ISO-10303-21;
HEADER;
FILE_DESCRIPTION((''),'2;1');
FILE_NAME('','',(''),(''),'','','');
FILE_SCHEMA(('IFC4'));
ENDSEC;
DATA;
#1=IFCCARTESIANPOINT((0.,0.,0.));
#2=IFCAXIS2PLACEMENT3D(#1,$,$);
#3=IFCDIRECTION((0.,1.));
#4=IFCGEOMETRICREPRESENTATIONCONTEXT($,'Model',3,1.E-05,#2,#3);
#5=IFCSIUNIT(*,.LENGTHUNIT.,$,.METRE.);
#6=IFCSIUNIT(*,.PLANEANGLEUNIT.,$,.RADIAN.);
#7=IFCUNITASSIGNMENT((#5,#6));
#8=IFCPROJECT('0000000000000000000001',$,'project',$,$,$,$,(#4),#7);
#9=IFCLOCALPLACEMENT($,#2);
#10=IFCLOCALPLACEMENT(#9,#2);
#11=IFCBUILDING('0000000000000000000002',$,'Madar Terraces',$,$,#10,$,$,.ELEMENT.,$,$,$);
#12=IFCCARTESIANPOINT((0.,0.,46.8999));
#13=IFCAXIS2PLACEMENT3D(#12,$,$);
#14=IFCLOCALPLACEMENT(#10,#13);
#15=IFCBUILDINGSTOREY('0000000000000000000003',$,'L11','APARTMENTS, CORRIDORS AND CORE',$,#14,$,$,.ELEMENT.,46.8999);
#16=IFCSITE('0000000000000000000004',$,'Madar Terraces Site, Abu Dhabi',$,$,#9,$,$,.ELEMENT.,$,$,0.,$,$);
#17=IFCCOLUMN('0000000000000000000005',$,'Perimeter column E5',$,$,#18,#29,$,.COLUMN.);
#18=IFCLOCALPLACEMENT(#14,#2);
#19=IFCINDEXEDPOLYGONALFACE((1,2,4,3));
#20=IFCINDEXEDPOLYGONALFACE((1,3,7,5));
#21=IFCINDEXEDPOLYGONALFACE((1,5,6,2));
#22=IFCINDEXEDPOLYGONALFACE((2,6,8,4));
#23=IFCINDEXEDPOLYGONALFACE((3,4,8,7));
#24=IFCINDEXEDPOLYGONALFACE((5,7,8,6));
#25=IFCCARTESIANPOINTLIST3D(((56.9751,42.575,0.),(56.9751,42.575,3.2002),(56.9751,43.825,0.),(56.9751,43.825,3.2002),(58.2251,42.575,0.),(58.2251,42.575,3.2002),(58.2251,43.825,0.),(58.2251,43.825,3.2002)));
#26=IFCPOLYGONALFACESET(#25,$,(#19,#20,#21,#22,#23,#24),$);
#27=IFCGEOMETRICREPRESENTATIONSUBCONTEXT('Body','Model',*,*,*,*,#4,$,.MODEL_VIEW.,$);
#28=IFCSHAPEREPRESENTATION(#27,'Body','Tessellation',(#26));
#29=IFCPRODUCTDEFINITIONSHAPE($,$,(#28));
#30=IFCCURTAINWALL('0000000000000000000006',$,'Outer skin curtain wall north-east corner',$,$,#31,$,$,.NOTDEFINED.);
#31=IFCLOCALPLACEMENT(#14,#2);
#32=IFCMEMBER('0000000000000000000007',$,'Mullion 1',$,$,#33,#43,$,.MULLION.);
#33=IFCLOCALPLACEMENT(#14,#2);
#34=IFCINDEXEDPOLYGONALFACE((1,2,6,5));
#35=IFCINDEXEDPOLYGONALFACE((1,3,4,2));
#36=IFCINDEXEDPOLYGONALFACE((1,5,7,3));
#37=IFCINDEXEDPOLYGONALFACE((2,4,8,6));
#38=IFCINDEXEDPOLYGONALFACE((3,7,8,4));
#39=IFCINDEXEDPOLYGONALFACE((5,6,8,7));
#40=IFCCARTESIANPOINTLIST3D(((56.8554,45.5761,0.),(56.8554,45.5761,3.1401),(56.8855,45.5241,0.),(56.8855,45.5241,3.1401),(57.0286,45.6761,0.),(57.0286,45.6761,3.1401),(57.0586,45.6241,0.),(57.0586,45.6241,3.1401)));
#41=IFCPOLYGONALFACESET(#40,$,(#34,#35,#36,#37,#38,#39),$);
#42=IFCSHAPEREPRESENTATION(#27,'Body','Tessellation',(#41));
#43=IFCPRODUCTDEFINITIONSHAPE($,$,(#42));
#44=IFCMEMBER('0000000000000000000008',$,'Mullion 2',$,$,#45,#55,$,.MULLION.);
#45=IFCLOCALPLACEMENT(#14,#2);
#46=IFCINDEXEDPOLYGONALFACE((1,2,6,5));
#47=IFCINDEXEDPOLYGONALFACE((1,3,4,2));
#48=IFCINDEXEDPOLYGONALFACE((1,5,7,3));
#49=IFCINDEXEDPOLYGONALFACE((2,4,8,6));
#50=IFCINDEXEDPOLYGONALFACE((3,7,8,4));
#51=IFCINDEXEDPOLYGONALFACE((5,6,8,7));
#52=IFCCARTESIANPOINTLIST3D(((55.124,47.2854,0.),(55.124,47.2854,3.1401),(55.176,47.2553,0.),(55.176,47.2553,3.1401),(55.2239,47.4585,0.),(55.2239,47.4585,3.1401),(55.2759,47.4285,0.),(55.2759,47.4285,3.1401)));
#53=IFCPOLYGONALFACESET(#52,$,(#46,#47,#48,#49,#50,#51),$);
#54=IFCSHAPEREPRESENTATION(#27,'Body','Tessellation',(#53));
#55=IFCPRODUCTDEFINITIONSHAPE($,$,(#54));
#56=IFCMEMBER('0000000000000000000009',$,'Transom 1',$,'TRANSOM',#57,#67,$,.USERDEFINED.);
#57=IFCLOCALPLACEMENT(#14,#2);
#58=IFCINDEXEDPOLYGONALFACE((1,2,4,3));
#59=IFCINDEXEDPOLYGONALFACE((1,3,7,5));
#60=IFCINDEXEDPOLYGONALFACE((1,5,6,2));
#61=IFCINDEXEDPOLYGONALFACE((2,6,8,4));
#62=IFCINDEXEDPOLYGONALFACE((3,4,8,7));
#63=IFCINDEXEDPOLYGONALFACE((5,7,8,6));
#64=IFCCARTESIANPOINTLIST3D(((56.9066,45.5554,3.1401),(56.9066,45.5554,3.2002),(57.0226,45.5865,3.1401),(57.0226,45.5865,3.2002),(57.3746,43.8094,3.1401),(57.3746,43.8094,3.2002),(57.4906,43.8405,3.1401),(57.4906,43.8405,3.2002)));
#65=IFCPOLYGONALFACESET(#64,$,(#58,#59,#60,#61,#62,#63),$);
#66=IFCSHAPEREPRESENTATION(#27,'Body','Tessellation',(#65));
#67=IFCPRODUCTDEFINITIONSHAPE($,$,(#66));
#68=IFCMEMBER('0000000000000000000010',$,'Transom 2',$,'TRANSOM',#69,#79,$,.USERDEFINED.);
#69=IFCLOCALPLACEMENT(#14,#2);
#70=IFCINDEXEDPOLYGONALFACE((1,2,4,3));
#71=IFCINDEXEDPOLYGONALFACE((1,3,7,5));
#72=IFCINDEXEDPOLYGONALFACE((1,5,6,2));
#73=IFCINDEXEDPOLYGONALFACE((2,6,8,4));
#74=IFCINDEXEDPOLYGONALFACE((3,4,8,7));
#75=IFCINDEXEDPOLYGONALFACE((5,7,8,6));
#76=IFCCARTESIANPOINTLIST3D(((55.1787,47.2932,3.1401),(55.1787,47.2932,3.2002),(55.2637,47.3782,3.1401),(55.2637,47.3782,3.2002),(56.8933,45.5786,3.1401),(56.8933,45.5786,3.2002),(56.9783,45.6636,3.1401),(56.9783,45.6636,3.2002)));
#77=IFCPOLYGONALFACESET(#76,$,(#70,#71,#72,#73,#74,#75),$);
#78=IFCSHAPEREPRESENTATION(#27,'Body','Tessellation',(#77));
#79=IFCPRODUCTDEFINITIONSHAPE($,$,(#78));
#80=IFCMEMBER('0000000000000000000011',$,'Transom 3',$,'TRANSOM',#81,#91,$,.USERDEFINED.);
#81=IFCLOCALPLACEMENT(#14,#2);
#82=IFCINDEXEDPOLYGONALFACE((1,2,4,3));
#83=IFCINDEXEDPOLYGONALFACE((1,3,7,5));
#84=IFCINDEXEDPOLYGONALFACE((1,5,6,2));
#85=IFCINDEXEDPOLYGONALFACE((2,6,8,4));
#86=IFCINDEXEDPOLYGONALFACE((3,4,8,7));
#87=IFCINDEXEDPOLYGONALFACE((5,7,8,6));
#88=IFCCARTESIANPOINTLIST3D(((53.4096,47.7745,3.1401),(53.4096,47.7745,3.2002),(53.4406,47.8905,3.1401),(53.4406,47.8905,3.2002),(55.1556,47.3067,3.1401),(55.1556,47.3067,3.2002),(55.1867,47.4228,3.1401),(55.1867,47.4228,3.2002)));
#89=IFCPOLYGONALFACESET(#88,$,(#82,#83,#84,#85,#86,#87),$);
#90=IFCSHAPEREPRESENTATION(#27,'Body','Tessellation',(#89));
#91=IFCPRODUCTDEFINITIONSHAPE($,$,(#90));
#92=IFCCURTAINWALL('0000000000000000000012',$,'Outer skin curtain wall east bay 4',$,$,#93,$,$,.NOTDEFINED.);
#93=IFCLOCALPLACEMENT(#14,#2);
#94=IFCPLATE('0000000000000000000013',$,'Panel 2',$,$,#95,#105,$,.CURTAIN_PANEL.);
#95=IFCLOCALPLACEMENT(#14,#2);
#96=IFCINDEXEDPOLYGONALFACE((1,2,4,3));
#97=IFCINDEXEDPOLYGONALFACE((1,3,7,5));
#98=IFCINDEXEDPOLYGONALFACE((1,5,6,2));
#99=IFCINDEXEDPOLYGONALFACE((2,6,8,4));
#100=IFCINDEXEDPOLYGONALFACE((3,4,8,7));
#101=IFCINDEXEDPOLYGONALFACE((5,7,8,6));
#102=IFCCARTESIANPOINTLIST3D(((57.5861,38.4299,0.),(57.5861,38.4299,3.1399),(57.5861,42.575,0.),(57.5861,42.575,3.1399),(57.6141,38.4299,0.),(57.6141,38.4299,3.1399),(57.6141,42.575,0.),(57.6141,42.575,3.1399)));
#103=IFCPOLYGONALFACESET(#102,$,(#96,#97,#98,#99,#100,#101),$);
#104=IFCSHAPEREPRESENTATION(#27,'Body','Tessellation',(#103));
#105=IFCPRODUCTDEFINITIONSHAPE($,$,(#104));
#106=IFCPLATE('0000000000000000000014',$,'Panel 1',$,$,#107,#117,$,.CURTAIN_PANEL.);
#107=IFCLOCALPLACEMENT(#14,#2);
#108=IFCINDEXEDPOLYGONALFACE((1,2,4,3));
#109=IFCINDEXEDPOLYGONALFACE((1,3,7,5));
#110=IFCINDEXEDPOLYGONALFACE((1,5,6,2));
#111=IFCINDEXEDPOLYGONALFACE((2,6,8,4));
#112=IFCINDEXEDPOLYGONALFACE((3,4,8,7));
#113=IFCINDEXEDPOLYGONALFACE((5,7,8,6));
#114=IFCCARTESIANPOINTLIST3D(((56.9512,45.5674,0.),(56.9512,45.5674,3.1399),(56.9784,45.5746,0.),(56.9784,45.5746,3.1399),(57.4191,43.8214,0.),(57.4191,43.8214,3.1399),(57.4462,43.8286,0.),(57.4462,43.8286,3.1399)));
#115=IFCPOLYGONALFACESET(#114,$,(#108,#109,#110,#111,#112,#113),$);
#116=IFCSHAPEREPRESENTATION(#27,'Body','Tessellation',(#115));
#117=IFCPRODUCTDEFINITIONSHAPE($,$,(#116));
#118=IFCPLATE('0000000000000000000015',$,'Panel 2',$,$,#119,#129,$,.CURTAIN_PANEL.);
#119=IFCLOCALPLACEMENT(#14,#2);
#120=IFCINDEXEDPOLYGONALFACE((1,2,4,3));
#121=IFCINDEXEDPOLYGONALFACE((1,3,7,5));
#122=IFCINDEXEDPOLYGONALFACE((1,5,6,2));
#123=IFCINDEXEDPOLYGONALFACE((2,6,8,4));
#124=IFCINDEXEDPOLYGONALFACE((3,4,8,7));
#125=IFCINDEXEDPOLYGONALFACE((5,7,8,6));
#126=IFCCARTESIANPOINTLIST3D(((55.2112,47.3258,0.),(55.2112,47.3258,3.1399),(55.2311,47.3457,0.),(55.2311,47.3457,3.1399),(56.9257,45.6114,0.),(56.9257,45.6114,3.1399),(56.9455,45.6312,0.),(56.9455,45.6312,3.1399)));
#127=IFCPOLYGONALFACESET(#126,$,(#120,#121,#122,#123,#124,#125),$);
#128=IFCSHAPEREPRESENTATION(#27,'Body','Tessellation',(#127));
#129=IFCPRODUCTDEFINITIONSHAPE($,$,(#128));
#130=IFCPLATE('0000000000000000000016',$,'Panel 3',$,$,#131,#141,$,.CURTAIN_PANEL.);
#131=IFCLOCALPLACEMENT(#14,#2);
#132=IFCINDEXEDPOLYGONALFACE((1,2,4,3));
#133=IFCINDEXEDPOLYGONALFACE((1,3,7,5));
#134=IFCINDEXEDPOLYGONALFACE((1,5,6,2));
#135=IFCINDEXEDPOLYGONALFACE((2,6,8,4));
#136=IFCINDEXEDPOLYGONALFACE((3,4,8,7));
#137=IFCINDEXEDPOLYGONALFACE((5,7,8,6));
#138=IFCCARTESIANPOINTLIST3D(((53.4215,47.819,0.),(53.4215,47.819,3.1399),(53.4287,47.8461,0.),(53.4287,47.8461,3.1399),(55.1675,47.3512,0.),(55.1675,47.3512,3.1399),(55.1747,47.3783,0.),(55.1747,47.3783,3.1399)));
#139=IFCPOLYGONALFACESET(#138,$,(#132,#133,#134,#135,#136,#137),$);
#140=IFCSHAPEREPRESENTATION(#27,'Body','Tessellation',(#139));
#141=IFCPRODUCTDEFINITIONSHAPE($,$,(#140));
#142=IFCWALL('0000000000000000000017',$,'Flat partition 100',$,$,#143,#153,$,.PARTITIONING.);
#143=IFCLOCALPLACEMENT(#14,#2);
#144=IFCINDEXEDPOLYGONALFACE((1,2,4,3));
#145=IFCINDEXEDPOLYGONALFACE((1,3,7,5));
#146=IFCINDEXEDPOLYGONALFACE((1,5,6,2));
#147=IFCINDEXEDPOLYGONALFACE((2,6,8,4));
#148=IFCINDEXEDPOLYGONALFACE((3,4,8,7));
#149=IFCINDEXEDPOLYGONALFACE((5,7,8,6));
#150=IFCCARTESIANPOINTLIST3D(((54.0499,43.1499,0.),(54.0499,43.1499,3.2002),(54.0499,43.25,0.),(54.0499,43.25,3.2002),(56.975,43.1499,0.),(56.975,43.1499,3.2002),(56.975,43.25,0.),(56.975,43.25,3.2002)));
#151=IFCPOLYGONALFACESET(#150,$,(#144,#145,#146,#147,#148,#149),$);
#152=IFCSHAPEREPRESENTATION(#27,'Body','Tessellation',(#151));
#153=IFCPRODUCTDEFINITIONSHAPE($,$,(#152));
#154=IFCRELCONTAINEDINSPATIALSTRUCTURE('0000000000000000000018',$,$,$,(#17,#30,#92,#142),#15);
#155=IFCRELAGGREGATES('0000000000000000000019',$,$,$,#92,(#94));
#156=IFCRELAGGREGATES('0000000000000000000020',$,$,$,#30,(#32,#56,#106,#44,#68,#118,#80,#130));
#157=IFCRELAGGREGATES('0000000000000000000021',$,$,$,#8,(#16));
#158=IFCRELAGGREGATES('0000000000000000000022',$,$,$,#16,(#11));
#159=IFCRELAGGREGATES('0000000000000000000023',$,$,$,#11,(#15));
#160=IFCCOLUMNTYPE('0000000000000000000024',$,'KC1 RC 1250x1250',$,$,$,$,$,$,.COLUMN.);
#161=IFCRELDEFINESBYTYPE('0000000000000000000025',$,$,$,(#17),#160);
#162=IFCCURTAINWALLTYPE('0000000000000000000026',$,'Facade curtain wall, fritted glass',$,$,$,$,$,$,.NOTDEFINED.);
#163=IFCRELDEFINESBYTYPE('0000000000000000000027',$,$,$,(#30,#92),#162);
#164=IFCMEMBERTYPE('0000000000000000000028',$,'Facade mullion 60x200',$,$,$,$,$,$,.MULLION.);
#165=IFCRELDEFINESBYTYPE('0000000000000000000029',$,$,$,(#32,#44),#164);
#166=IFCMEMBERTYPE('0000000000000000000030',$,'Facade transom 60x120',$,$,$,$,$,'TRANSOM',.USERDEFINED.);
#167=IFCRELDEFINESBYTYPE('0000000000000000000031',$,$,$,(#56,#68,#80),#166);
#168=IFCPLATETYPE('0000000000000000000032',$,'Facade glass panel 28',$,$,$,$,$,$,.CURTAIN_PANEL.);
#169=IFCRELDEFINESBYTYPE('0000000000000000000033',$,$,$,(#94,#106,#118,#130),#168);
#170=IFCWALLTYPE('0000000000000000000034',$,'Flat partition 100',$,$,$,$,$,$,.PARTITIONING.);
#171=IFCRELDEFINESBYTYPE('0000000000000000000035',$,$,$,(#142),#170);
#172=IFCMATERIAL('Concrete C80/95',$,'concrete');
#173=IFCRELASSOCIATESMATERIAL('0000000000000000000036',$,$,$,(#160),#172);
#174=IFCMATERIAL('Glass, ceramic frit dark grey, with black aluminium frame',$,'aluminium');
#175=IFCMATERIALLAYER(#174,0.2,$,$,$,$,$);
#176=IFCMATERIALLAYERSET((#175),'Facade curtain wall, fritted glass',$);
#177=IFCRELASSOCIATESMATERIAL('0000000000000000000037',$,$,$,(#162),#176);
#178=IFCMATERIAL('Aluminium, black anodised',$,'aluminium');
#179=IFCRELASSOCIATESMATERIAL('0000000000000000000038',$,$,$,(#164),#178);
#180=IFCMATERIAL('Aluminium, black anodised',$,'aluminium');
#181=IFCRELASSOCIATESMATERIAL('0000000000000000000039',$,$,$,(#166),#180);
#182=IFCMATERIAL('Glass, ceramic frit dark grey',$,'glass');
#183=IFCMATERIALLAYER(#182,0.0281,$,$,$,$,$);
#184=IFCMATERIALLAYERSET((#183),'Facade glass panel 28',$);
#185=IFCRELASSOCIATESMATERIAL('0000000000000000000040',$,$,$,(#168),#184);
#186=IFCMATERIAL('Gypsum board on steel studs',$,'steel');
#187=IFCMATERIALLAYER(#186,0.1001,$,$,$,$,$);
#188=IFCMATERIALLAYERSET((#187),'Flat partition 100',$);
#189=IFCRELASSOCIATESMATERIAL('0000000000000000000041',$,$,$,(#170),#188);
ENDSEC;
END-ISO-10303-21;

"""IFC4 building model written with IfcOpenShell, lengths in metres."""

from ifc_helpers import new_model, si_unit, direction, frame, frame_2d, origin, origin_2d, place, context, subcontext, project, spatial, rectangle, extrude, material, layer, layer_set, material_profile, profile_set, type_object, element, aggregate, save


model = new_model("IFC4")

# Units and contexts
model_context = context("Model", 3, precision=1e-05, world=origin(), true_north=direction((0.0, 1.0)))
body_context = subcontext(model_context, "Body", "Model", "MODEL_VIEW")
ifc_project = project(units=[si_unit("LENGTHUNIT", "METRE"), si_unit("PLANEANGLEUNIT", "RADIAN")], contexts=[model_context])

# Site, building, storey
site_placement = place(None, origin())
site = spatial("IfcSite", under=ifc_project, at=site_placement, Name="Madar Terraces Site, Abu Dhabi", CompositionType="ELEMENT", RefElevation=0.0)
building_placement = place(site_placement, origin())
building = spatial("IfcBuilding", under=site, at=building_placement, Name="Madar Terraces", CompositionType="ELEMENT")
storey_placement = place(building_placement, frame((0.0, 0.0, 46.8999)))
storey = spatial("IfcBuildingStorey", under=building, at=storey_placement, Name="L11", Description="APARTMENTS, CORRIDORS AND CORE", CompositionType="ELEMENT", Elevation=46.8999)

# Column
ifc_material_1 = material(Name="Concrete C80/95", Category="concrete")
ifc_material_profile_1 = material_profile(ifc_material_1, rectangle(XDim=1.25, YDim=1.25, at=origin_2d()), Name="KC1 RC 1250x1250")
ifc_profile_set_1 = profile_set([ifc_material_profile_1], Name="Concrete C80/95")
column_type = type_object("IfcColumnType", Name="KC1 RC 1250x1250", PredefinedType="COLUMN", material=ifc_profile_set_1)
column_placement = place(storey_placement, frame((57.6001, 43.2, 0.0), z_axis=(0.0, 0.0, 1.0), x_axis=(1.0, 0.0, 0.0)))
element("IfcColumn", 1, at=column_placement, inside=storey, type_object=column_type, Name="Perimeter column E5", PredefinedType="COLUMN", context=body_context, shape_type="SweptSolid", body=[
    extrude(rectangle(XDim=1.25, YDim=1.25, at=origin_2d()), origin(), (0.0, 0.0, 1.0), 3.2002),
])

# Curtain wall, members
ifc_material_2 = material(Name="Glass, ceramic frit dark grey, with black aluminium frame", Category="aluminium")
ifc_layer_1 = layer(ifc_material_2, 0.2)
ifc_layer_set_1 = layer_set([ifc_layer_1], Name="Facade curtain wall, fritted glass")
curtain_wall_type = type_object("IfcCurtainWallType", Name="Facade curtain wall, fritted glass", PredefinedType="NOTDEFINED", material=ifc_layer_set_1)
curtain_wall_1_placement = place(storey_placement, origin())
curtain_wall_1 = element("IfcCurtainWall", 2, at=curtain_wall_1_placement, inside=storey, type_object=curtain_wall_type, Name="Outer skin curtain wall north-east corner", PredefinedType="NOTDEFINED")
ifc_material_3 = material(Name="Aluminium, black anodised", Category="aluminium")
ifc_material_profile_2 = material_profile(ifc_material_3, rectangle(XDim=0.2, YDim=0.0601, at=origin_2d()), Name="Facade mullion 60x200")
ifc_profile_set_2 = profile_set([ifc_material_profile_2], Name="Aluminium, black anodised")
member_type_1 = type_object("IfcMemberType", Name="Facade mullion 60x200", PredefinedType="MULLION", material=ifc_profile_set_2)
member_1_placement = place(storey_placement, frame((56.957, 45.6001, 0.0), z_axis=(0.0, 0.0, 1.0), x_axis=(-0.866025, -0.5, 0.0)))
member_1 = element("IfcMember", 3, at=member_1_placement, type_object=member_type_1, Name="Mullion 1", PredefinedType="MULLION", context=body_context, shape_type="SweptSolid", body=[
    extrude(rectangle(XDim=0.2, YDim=0.0601, at=origin_2d()), origin(), (0.0, 0.0, 1.0), 3.1401),
])
member_2_placement = place(storey_placement, frame((55.2, 47.3569, 0.0), z_axis=(0.0, 0.0, 1.0), x_axis=(-0.5, -0.866025, 0.0)))
member_2 = element("IfcMember", 4, at=member_2_placement, type_object=member_type_1, Name="Mullion 2", PredefinedType="MULLION", context=body_context, shape_type="SweptSolid", body=[
    extrude(rectangle(XDim=0.2, YDim=0.0601, at=origin_2d()), origin(), (0.0, 0.0, 1.0), 3.1401),
])
ifc_material_4 = material(Name="Aluminium, black anodised", Category="aluminium")
ifc_material_profile_3 = material_profile(ifc_material_4, rectangle(XDim=0.1201, YDim=0.0601, at=origin_2d()), Name="Facade transom 60x120")
ifc_profile_set_3 = profile_set([ifc_material_profile_3], Name="Aluminium, black anodised")
member_type_2 = type_object("IfcMemberType", Name="Facade transom 60x120", ElementType="TRANSOM", PredefinedType="USERDEFINED", material=ifc_profile_set_3)
member_3_placement = place(storey_placement, frame((57.4326, 43.825, 3.1702), z_axis=(-0.258898, 0.965905, 0.0), x_axis=(-0.965905, -0.258898, 0.0)))
member_3 = element("IfcMember", 5, at=member_3_placement, type_object=member_type_2, Name="Transom 1", ObjectType="TRANSOM", PredefinedType="USERDEFINED", context=body_context, shape_type="SweptSolid", body=[
    extrude(rectangle(XDim=0.1201, YDim=0.0601, at=origin_2d()), origin(), (0.0, 0.0, 1.0), 1.8076),
])
member_4_placement = place(storey_placement, frame((56.9358, 45.6211, 3.1702), z_axis=(-0.707107, 0.707107, 0.0), x_axis=(-0.707107, -0.707107, 0.0)))
member_4 = element("IfcMember", 6, at=member_4_placement, type_object=member_type_2, Name="Transom 2", ObjectType="TRANSOM", PredefinedType="USERDEFINED", context=body_context, shape_type="SweptSolid", body=[
    extrude(rectangle(XDim=0.1201, YDim=0.0601, at=origin_2d()), origin(), (0.0, 0.0, 1.0), 2.4248),
])
member_5_placement = place(storey_placement, frame((55.1711, 47.3647, 3.1702), z_axis=(-0.965938, 0.258772, 0.0), x_axis=(-0.258772, -0.965938, 0.0)))
member_5 = element("IfcMember", 7, at=member_5_placement, type_object=member_type_2, Name="Transom 3", ObjectType="TRANSOM", PredefinedType="USERDEFINED", context=body_context, shape_type="SweptSolid", body=[
    extrude(rectangle(XDim=0.1201, YDim=0.0601, at=origin_2d()), origin(), (0.0, 0.0, 1.0), 1.8076),
])

# Curtain wall, plate
curtain_wall_2_placement = place(storey_placement, origin())
curtain_wall_2 = element("IfcCurtainWall", 8, at=curtain_wall_2_placement, inside=storey, type_object=curtain_wall_type, Name="Outer skin curtain wall east bay 4", PredefinedType="NOTDEFINED")
ifc_material_5 = material(Name="Glass, ceramic frit dark grey", Category="glass")
ifc_layer_2 = layer(ifc_material_5, 0.0281)
ifc_layer_set_2 = layer_set([ifc_layer_2], Name="Facade glass panel 28")
plate_type = type_object("IfcPlateType", Name="Facade glass panel 28", PredefinedType="CURTAIN_PANEL", material=ifc_layer_set_2)
plate_1_placement = place(storey_placement, frame((57.6001, 40.5024, 0.0), z_axis=(0.0, 0.0, 1.0), x_axis=(0.0, 1.0, 0.0)))
plate_1 = element("IfcPlate", 9, at=plate_1_placement, type_object=plate_type, Name="Panel 2", PredefinedType="CURTAIN_PANEL", context=body_context, shape_type="SweptSolid", body=[
    extrude(rectangle(XDim=4.145, YDim=0.0281, at=origin_2d()), origin(), (0.0, 0.0, 1.0), 3.1399),
])
aggregate(curtain_wall_2, [plate_1])

# Plates
plate_2_placement = place(storey_placement, frame((57.1987, 44.698, 0.0), z_axis=(0.0, 0.0, 1.0), x_axis=(-0.258819, 0.965926, 0.0)))
plate_2 = element("IfcPlate", 10, at=plate_2_placement, type_object=plate_type, Name="Panel 1", PredefinedType="CURTAIN_PANEL", context=body_context, shape_type="SweptSolid", body=[
    extrude(rectangle(XDim=1.8076, YDim=0.0281, at=origin_2d()), origin(), (0.0, 0.0, 1.0), 3.1399),
])
plate_3_placement = place(storey_placement, frame((56.0784, 46.4785, 0.0), z_axis=(0.0, 0.0, 1.0), x_axis=(-0.707107, 0.707107, 0.0)))
plate_3 = element("IfcPlate", 11, at=plate_3_placement, type_object=plate_type, Name="Panel 2", PredefinedType="CURTAIN_PANEL", context=body_context, shape_type="SweptSolid", body=[
    extrude(rectangle(XDim=2.4246, YDim=0.0281, at=origin_2d()), origin(), (0.0, 0.0, 1.0), 3.1399),
])
plate_4_placement = place(storey_placement, frame((54.2981, 47.5986, 0.0), z_axis=(0.0, 0.0, 1.0), x_axis=(-0.965926, 0.258819, 0.0)))
plate_4 = element("IfcPlate", 12, at=plate_4_placement, type_object=plate_type, Name="Panel 3", PredefinedType="CURTAIN_PANEL", context=body_context, shape_type="SweptSolid", body=[
    extrude(rectangle(XDim=1.8076, YDim=0.0281, at=origin_2d()), origin(), (0.0, 0.0, 1.0), 3.1399),
])
aggregate(curtain_wall_1, [member_1, member_3, plate_2, member_2, member_4, plate_3, member_5, plate_4])

# Wall
ifc_material_6 = material(Name="Gypsum board on steel studs", Category="steel")
ifc_layer_3 = layer(ifc_material_6, 0.1001)
ifc_layer_set_3 = layer_set([ifc_layer_3], Name="Flat partition 100")
wall_type = type_object("IfcWallType", Name="Flat partition 100", PredefinedType="PARTITIONING", material=ifc_layer_set_3)
wall_placement = place(storey_placement, frame((54.05, 43.2, 0.0), z_axis=(0.0, 0.0, 1.0), x_axis=(1.0, 0.0, 0.0)))
element("IfcWall", 13, at=wall_placement, inside=storey, type_object=wall_type, Name="Flat partition 100", PredefinedType="PARTITIONING", context=body_context, shape_type="SweptSolid", body=[
    extrude(rectangle(XDim=2.925, YDim=0.1001, at=frame_2d((1.4624, 0.0))), origin(), (0.0, 0.0, 1.0), 3.2002),
])

save(model, "model.ifc")
